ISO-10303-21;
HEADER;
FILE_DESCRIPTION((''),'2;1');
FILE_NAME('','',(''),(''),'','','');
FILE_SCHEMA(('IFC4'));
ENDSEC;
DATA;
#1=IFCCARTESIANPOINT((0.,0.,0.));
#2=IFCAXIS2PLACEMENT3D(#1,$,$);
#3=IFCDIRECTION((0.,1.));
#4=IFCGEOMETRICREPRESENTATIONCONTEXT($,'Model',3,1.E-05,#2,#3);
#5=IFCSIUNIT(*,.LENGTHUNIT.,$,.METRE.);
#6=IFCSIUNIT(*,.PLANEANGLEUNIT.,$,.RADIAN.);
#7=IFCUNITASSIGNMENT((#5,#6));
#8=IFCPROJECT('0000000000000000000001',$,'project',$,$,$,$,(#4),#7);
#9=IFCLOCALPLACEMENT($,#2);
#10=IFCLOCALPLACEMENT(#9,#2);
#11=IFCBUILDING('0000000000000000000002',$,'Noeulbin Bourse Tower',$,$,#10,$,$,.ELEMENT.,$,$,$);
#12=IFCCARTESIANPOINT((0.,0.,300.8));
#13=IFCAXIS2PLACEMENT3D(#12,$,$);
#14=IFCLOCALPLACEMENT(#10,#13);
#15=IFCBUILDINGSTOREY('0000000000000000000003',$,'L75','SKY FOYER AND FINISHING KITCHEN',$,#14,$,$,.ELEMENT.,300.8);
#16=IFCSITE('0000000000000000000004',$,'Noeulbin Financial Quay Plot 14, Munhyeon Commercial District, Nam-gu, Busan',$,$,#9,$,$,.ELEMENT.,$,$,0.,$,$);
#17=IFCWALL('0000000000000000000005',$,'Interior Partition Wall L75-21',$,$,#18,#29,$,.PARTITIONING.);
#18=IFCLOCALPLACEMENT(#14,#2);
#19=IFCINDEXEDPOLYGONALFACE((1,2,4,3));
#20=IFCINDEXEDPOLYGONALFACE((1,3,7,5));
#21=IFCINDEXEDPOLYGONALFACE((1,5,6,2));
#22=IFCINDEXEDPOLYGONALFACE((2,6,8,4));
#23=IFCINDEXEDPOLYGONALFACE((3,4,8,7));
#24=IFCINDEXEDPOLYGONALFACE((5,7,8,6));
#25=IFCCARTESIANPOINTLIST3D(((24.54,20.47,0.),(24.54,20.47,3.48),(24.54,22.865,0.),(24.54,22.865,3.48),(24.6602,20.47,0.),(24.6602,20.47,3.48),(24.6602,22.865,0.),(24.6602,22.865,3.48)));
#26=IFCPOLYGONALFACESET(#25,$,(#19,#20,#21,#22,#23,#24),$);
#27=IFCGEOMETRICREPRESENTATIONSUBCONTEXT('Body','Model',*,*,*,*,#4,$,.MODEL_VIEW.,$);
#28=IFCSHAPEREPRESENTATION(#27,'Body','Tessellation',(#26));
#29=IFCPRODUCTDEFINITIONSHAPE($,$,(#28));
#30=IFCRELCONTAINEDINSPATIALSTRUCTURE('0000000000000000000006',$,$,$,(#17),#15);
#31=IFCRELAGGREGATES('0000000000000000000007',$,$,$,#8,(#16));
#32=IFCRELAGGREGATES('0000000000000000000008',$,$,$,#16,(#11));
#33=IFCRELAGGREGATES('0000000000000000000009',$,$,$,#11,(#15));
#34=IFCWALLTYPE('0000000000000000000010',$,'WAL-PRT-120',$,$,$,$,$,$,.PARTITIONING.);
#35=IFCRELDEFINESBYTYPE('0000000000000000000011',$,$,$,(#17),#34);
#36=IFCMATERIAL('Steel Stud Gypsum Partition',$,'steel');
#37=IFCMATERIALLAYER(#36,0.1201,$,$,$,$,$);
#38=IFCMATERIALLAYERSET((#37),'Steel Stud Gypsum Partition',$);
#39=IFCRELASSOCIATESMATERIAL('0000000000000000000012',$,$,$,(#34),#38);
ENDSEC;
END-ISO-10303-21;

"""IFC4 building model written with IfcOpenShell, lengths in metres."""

from ifc_helpers import new_model, si_unit, direction, frame, frame_2d, origin, place, context, subcontext, project, spatial, rectangle, extrude, material, layer, layer_set, type_object, element, save


model = new_model("IFC4")

# Units and contexts
model_context = context("Model", 3, precision=1e-05, world=origin(), true_north=direction((0.0, 1.0)))
body_context = subcontext(model_context, "Body", "Model", "MODEL_VIEW")
ifc_project = project(units=[si_unit("LENGTHUNIT", "METRE"), si_unit("PLANEANGLEUNIT", "RADIAN")], contexts=[model_context])

# Site, building, storey
site_placement = place(None, origin())
site = spatial("IfcSite", under=ifc_project, at=site_placement, Name="Noeulbin Financial Quay Plot 14, Munhyeon Commercial District, Nam-gu, Busan", CompositionType="ELEMENT", RefElevation=0.0)
building_placement = place(site_placement, origin())
building = spatial("IfcBuilding", under=site, at=building_placement, Name="Noeulbin Bourse Tower", CompositionType="ELEMENT")
storey_placement = place(building_placement, frame((0.0, 0.0, 300.8)))
storey = spatial("IfcBuildingStorey", under=building, at=storey_placement, Name="L75", Description="SKY FOYER AND FINISHING KITCHEN", CompositionType="ELEMENT", Elevation=300.8)

# Wall
ifc_material_1 = material(Name="Steel Stud Gypsum Partition", Category="steel")
ifc_layer_1 = layer(ifc_material_1, 0.1201)
ifc_layer_set_1 = layer_set([ifc_layer_1], Name="Steel Stud Gypsum Partition")
wall_type_1 = type_object("IfcWallType", Name="WAL-PRT-120", PredefinedType="PARTITIONING", material=ifc_layer_set_1)
wall_placement = place(storey_placement, frame((24.6001, 20.47, 0.0), z_axis=(0.0, 0.0, 1.0), x_axis=(0.0, 1.0, 0.0)))
element("IfcWall", 1, at=wall_placement, inside=storey, type_object=wall_type_1, Name="Interior Partition Wall L75-21", PredefinedType="PARTITIONING", context=body_context, shape_type="SweptSolid", body=[
    extrude(rectangle(XDim=2.395, YDim=0.1201, at=frame_2d((1.1975, 0.0))), origin(), (0.0, 0.0, 1.0), 3.48),
])

save(model, "model.ifc")
